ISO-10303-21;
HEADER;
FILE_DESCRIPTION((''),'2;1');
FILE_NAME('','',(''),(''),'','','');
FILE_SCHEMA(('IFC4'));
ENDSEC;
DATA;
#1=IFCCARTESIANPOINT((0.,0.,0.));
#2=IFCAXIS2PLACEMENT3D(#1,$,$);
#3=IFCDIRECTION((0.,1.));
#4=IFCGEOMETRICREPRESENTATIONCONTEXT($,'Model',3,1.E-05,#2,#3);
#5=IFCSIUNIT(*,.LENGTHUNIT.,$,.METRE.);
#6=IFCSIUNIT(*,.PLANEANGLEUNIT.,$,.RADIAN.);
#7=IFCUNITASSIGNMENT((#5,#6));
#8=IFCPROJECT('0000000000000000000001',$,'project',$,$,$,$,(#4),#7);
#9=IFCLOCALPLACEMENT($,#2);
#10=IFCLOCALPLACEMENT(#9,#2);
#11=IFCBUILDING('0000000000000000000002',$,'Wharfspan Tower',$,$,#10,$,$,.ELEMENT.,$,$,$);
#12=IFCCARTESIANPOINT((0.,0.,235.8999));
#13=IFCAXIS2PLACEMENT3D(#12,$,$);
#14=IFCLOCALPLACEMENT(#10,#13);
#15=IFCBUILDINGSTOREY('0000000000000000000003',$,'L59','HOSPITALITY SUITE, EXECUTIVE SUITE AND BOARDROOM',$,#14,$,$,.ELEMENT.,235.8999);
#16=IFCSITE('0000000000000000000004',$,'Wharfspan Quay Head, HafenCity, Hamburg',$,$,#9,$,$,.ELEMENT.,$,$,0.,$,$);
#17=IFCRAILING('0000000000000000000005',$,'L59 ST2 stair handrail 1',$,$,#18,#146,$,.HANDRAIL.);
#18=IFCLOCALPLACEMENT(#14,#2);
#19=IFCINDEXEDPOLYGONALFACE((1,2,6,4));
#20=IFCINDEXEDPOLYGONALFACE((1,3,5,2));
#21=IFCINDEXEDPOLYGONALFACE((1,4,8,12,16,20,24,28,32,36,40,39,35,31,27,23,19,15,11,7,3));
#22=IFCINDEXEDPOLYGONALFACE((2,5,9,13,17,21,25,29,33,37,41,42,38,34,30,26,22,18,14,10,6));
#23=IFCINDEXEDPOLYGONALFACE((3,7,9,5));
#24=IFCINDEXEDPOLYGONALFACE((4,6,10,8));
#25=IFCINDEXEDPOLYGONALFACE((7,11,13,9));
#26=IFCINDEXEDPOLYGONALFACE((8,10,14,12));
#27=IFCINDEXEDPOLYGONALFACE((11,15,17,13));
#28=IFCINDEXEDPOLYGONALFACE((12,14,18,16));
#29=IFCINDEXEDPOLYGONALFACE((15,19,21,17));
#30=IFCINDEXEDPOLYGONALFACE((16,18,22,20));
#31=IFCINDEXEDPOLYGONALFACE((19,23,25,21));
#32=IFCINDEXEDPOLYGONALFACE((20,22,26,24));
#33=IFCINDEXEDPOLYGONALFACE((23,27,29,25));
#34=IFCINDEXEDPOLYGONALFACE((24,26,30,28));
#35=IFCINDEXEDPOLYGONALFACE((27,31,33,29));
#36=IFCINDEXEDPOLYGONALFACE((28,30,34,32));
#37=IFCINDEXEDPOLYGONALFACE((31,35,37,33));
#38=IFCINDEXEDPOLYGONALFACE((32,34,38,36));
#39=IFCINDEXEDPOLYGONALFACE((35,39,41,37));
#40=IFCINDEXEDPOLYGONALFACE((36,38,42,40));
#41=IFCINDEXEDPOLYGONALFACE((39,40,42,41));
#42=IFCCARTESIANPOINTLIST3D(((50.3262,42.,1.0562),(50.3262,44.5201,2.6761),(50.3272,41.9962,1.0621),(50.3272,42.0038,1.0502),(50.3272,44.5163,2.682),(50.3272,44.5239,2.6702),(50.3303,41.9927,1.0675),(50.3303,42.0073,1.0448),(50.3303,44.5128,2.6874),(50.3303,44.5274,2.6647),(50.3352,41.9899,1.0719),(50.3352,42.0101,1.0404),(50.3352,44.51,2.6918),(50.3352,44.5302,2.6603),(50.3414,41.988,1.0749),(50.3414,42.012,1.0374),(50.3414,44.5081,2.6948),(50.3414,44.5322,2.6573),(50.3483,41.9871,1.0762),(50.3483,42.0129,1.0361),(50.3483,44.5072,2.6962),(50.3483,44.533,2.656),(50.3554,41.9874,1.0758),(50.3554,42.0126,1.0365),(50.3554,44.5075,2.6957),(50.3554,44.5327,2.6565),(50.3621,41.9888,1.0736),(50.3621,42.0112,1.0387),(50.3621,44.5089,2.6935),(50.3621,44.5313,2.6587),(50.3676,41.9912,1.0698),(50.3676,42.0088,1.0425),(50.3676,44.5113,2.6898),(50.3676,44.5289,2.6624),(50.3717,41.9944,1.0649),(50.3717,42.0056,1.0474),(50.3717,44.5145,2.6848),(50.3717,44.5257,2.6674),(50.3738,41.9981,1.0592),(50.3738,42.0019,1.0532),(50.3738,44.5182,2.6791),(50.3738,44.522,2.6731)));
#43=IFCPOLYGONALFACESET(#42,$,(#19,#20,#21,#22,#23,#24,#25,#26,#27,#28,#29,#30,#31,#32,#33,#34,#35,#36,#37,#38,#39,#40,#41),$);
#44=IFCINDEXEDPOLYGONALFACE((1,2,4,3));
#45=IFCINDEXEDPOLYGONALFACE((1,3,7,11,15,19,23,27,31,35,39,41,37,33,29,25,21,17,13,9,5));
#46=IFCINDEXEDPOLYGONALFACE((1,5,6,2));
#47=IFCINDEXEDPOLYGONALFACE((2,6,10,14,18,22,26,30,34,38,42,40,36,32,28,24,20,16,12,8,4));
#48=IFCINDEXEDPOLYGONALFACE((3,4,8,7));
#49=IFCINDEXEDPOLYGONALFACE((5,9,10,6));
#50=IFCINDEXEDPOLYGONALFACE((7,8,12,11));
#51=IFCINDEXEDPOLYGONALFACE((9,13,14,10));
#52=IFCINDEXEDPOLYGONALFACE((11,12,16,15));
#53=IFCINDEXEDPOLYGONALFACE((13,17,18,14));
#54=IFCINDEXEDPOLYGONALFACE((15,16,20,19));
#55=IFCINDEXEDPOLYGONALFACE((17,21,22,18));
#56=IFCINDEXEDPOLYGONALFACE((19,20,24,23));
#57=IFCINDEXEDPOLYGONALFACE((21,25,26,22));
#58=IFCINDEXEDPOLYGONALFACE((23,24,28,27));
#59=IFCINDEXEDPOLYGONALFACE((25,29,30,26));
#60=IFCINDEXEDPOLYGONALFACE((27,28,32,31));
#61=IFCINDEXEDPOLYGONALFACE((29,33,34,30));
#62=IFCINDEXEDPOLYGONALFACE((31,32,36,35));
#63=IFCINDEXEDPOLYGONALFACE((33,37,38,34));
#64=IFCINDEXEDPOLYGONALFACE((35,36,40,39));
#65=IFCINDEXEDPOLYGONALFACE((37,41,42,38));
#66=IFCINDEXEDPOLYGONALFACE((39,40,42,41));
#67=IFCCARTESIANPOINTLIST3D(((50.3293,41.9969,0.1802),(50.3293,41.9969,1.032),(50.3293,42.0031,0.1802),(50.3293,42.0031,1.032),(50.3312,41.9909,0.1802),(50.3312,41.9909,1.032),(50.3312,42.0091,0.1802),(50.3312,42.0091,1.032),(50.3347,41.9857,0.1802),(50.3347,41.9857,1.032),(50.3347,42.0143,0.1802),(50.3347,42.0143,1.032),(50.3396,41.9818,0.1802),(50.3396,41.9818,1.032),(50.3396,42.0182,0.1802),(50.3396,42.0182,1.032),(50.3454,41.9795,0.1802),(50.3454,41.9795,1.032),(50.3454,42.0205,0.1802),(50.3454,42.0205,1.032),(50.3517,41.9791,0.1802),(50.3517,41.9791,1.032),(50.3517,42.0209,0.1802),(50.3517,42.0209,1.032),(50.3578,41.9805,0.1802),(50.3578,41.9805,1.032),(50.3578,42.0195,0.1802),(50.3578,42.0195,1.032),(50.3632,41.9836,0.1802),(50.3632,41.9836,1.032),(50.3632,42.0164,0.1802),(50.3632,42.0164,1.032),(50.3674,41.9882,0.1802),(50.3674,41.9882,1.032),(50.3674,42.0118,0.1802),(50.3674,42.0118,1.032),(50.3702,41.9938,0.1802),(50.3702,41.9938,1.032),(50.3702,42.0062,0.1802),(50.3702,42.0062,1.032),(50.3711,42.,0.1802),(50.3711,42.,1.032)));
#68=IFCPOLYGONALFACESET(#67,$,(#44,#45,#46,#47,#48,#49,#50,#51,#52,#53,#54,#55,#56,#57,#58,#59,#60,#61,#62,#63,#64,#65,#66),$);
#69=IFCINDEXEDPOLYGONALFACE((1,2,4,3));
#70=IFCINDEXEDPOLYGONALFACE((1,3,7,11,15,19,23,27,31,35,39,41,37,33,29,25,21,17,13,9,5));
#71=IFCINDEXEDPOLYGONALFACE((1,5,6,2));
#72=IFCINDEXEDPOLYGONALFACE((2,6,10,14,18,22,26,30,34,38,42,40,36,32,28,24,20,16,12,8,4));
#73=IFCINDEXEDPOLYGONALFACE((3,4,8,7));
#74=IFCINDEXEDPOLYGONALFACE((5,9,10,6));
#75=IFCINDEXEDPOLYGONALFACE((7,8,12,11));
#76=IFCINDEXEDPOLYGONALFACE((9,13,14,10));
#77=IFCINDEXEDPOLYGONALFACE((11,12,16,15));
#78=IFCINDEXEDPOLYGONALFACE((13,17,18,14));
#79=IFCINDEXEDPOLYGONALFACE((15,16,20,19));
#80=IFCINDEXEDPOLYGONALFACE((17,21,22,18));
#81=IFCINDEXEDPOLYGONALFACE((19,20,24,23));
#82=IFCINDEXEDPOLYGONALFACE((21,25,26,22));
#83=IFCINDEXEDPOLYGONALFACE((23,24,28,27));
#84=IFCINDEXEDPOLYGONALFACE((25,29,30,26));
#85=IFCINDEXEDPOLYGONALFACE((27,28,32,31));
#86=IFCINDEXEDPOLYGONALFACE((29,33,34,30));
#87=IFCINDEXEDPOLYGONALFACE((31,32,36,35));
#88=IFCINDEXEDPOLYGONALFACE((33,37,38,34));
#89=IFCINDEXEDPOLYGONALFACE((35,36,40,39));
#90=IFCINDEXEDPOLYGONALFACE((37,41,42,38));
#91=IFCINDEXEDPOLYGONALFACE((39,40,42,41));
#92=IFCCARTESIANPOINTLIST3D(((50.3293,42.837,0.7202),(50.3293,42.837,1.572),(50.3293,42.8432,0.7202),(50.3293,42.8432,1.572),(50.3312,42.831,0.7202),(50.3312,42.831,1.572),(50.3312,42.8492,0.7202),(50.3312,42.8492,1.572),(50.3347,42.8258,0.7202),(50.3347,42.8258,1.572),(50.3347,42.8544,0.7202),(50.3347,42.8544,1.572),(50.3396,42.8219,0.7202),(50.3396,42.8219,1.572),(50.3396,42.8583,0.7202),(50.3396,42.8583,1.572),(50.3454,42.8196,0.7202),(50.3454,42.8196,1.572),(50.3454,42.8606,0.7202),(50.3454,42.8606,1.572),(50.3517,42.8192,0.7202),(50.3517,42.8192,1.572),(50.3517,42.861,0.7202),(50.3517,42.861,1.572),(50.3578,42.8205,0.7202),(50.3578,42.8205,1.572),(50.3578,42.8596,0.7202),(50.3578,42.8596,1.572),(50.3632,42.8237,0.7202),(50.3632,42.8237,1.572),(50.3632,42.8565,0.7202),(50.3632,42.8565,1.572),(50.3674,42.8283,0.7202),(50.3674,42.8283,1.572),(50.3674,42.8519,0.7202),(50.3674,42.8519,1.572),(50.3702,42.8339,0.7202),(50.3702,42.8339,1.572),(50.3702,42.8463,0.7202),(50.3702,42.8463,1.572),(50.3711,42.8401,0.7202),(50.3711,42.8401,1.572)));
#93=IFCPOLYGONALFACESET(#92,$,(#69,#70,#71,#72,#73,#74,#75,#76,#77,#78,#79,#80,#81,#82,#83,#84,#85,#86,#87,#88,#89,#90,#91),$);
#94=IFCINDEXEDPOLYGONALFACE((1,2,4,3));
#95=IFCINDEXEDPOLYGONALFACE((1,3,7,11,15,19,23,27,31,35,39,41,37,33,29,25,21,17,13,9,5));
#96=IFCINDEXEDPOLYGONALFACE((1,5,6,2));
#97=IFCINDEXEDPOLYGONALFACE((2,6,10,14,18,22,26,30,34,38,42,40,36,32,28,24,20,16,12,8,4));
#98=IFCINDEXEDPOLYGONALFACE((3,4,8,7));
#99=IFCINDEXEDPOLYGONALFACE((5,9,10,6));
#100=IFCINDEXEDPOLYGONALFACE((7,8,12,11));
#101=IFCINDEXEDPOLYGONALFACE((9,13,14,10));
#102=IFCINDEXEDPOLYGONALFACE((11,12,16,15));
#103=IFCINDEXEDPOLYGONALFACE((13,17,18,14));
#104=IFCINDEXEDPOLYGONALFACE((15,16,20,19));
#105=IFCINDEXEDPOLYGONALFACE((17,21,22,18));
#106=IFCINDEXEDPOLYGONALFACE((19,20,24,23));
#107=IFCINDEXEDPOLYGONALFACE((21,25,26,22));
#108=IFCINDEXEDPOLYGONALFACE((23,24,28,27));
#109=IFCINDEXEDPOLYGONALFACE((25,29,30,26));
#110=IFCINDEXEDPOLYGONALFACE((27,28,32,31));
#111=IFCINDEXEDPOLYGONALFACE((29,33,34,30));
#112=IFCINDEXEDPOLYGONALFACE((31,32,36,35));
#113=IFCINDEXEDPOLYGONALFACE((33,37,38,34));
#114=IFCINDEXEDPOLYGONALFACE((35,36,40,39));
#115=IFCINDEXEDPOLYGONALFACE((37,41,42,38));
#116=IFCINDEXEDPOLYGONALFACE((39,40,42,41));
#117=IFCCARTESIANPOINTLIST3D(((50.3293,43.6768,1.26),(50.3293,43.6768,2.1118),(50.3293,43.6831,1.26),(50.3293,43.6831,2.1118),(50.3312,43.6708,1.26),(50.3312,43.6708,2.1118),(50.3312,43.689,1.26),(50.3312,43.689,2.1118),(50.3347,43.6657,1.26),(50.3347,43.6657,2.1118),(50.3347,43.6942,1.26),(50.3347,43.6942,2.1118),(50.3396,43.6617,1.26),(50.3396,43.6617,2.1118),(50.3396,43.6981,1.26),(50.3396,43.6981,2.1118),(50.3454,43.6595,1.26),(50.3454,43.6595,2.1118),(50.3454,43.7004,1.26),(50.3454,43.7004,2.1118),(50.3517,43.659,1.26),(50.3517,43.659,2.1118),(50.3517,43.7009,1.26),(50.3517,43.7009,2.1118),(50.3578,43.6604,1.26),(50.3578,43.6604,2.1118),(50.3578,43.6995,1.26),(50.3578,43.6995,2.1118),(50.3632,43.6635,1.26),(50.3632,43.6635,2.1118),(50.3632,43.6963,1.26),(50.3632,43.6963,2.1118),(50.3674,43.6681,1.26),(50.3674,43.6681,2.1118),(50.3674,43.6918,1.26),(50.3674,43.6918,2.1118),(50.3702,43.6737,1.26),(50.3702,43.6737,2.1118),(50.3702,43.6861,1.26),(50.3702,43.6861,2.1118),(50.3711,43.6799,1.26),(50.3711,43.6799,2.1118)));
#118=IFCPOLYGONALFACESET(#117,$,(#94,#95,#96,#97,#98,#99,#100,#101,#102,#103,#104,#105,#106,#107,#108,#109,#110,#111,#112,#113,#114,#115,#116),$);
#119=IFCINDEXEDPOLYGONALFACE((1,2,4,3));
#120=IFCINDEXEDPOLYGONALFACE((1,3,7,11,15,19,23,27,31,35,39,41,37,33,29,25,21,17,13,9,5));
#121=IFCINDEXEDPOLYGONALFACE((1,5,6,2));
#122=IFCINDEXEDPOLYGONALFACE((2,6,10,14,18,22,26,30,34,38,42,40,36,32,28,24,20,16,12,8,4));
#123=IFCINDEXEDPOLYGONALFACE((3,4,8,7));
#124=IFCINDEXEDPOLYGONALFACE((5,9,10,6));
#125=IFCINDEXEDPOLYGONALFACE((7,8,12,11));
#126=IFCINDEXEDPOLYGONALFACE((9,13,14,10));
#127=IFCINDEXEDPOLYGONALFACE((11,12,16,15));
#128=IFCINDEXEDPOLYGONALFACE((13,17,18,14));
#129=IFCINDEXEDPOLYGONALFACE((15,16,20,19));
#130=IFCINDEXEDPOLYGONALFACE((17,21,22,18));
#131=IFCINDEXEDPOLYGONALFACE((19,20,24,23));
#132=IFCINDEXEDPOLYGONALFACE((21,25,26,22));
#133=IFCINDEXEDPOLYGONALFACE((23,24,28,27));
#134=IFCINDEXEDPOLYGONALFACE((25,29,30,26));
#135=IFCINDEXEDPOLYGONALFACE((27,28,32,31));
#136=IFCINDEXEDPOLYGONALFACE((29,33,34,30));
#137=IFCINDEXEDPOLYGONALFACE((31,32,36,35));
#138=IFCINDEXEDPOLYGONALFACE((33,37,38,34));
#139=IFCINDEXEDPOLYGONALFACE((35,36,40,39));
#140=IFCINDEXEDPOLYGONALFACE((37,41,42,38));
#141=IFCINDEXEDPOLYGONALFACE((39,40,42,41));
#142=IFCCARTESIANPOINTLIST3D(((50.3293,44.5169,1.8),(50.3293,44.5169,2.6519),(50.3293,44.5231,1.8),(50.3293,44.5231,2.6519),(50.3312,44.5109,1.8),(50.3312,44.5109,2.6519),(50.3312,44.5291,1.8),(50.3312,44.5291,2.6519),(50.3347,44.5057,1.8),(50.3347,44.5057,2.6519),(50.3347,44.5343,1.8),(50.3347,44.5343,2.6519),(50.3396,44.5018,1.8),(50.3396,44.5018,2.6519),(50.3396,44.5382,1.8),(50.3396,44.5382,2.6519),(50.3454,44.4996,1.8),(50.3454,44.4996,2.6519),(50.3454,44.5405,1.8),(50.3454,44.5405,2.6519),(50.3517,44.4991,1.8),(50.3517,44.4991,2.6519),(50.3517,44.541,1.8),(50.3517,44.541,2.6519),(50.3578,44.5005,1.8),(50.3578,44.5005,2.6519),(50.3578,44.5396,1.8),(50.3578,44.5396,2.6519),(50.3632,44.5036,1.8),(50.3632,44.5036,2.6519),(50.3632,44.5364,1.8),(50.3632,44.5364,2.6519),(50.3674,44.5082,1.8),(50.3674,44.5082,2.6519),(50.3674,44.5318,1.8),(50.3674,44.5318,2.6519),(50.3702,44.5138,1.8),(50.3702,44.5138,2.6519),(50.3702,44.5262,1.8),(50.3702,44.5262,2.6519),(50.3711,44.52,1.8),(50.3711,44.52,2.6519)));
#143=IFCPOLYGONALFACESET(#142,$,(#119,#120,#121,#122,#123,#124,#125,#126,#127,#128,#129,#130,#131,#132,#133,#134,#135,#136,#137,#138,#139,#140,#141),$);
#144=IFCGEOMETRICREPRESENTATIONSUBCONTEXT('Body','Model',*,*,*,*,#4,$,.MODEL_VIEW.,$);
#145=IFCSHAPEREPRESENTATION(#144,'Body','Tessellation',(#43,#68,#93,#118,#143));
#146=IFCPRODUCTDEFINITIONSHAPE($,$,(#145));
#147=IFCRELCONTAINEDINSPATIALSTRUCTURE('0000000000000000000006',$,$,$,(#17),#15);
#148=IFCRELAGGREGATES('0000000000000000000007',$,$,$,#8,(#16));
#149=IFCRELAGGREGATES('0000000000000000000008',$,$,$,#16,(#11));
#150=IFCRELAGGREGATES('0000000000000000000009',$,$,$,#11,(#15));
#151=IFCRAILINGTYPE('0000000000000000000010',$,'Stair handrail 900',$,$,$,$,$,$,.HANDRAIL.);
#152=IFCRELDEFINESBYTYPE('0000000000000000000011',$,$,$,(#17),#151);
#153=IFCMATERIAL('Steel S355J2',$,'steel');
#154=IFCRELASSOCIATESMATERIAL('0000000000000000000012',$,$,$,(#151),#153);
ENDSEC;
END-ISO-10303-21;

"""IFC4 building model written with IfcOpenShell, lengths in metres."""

from ifc_helpers import new_model, si_unit, direction, frame, origin, origin_2d, place, context, subcontext, project, spatial, circle, extrude, material, type_object, element, save


model = new_model("IFC4")

# Units and contexts
model_context = context("Model", 3, precision=1e-05, world=origin(), true_north=direction((0.0, 1.0)))
body_context = subcontext(model_context, "Body", "Model", "MODEL_VIEW")
ifc_project = project(units=[si_unit("LENGTHUNIT", "METRE"), si_unit("PLANEANGLEUNIT", "RADIAN")], contexts=[model_context])

# Site, building, storey
site_placement = place(None, origin())
site = spatial("IfcSite", under=ifc_project, at=site_placement, Name="Wharfspan Quay Head, HafenCity, Hamburg", CompositionType="ELEMENT", RefElevation=0.0)
building_placement = place(site_placement, origin())
building = spatial("IfcBuilding", under=site, at=building_placement, Name="Wharfspan Tower", CompositionType="ELEMENT")
storey_placement = place(building_placement, frame((0.0, 0.0, 235.8999)))
storey = spatial("IfcBuildingStorey", under=building, at=storey_placement, Name="L59", Description="HOSPITALITY SUITE, EXECUTIVE SUITE AND BOARDROOM", CompositionType="ELEMENT", Elevation=235.8999)

# Shared definitions
ifc_material_1 = material(Name="Steel S355J2", Category="steel")

# Railing
railing_type_1 = type_object("IfcRailingType", Name="Stair handrail 900", PredefinedType="HANDRAIL", material=ifc_material_1)
railing_1_placement = place(storey_placement, frame((50.3501, 42.0, 0.1802)))
element("IfcRailing", 1, at=railing_1_placement, inside=storey, type_object=railing_type_1, Name="L59 ST2 stair handrail 1", PredefinedType="HANDRAIL", context=body_context, shape_type="SweptSolid", body=[
    extrude(circle(Radius=0.0239, at=origin_2d()), frame((0.0, 0.0, 0.876), z_axis=(0.0, 0.8412, 0.540725), x_axis=(-1.0, 0.0, 0.0)), (0.0, 0.0, 1.0), 2.9958),
    extrude(circle(Radius=0.021, at=origin_2d()), origin(), (0.0, 0.0, 1.0), 0.8518),
    extrude(circle(Radius=0.021, at=origin_2d()), frame((0.0, 0.8401, 0.54)), (0.0, 0.0, 1.0), 0.8518),
    extrude(circle(Radius=0.021, at=origin_2d()), frame((0.0, 1.6799, 1.0798)), (0.0, 0.0, 1.0), 0.8518),
    extrude(circle(Radius=0.021, at=origin_2d()), frame((0.0, 2.52, 1.6199)), (0.0, 0.0, 1.0), 0.8518),
])

save(model, "model.ifc")
